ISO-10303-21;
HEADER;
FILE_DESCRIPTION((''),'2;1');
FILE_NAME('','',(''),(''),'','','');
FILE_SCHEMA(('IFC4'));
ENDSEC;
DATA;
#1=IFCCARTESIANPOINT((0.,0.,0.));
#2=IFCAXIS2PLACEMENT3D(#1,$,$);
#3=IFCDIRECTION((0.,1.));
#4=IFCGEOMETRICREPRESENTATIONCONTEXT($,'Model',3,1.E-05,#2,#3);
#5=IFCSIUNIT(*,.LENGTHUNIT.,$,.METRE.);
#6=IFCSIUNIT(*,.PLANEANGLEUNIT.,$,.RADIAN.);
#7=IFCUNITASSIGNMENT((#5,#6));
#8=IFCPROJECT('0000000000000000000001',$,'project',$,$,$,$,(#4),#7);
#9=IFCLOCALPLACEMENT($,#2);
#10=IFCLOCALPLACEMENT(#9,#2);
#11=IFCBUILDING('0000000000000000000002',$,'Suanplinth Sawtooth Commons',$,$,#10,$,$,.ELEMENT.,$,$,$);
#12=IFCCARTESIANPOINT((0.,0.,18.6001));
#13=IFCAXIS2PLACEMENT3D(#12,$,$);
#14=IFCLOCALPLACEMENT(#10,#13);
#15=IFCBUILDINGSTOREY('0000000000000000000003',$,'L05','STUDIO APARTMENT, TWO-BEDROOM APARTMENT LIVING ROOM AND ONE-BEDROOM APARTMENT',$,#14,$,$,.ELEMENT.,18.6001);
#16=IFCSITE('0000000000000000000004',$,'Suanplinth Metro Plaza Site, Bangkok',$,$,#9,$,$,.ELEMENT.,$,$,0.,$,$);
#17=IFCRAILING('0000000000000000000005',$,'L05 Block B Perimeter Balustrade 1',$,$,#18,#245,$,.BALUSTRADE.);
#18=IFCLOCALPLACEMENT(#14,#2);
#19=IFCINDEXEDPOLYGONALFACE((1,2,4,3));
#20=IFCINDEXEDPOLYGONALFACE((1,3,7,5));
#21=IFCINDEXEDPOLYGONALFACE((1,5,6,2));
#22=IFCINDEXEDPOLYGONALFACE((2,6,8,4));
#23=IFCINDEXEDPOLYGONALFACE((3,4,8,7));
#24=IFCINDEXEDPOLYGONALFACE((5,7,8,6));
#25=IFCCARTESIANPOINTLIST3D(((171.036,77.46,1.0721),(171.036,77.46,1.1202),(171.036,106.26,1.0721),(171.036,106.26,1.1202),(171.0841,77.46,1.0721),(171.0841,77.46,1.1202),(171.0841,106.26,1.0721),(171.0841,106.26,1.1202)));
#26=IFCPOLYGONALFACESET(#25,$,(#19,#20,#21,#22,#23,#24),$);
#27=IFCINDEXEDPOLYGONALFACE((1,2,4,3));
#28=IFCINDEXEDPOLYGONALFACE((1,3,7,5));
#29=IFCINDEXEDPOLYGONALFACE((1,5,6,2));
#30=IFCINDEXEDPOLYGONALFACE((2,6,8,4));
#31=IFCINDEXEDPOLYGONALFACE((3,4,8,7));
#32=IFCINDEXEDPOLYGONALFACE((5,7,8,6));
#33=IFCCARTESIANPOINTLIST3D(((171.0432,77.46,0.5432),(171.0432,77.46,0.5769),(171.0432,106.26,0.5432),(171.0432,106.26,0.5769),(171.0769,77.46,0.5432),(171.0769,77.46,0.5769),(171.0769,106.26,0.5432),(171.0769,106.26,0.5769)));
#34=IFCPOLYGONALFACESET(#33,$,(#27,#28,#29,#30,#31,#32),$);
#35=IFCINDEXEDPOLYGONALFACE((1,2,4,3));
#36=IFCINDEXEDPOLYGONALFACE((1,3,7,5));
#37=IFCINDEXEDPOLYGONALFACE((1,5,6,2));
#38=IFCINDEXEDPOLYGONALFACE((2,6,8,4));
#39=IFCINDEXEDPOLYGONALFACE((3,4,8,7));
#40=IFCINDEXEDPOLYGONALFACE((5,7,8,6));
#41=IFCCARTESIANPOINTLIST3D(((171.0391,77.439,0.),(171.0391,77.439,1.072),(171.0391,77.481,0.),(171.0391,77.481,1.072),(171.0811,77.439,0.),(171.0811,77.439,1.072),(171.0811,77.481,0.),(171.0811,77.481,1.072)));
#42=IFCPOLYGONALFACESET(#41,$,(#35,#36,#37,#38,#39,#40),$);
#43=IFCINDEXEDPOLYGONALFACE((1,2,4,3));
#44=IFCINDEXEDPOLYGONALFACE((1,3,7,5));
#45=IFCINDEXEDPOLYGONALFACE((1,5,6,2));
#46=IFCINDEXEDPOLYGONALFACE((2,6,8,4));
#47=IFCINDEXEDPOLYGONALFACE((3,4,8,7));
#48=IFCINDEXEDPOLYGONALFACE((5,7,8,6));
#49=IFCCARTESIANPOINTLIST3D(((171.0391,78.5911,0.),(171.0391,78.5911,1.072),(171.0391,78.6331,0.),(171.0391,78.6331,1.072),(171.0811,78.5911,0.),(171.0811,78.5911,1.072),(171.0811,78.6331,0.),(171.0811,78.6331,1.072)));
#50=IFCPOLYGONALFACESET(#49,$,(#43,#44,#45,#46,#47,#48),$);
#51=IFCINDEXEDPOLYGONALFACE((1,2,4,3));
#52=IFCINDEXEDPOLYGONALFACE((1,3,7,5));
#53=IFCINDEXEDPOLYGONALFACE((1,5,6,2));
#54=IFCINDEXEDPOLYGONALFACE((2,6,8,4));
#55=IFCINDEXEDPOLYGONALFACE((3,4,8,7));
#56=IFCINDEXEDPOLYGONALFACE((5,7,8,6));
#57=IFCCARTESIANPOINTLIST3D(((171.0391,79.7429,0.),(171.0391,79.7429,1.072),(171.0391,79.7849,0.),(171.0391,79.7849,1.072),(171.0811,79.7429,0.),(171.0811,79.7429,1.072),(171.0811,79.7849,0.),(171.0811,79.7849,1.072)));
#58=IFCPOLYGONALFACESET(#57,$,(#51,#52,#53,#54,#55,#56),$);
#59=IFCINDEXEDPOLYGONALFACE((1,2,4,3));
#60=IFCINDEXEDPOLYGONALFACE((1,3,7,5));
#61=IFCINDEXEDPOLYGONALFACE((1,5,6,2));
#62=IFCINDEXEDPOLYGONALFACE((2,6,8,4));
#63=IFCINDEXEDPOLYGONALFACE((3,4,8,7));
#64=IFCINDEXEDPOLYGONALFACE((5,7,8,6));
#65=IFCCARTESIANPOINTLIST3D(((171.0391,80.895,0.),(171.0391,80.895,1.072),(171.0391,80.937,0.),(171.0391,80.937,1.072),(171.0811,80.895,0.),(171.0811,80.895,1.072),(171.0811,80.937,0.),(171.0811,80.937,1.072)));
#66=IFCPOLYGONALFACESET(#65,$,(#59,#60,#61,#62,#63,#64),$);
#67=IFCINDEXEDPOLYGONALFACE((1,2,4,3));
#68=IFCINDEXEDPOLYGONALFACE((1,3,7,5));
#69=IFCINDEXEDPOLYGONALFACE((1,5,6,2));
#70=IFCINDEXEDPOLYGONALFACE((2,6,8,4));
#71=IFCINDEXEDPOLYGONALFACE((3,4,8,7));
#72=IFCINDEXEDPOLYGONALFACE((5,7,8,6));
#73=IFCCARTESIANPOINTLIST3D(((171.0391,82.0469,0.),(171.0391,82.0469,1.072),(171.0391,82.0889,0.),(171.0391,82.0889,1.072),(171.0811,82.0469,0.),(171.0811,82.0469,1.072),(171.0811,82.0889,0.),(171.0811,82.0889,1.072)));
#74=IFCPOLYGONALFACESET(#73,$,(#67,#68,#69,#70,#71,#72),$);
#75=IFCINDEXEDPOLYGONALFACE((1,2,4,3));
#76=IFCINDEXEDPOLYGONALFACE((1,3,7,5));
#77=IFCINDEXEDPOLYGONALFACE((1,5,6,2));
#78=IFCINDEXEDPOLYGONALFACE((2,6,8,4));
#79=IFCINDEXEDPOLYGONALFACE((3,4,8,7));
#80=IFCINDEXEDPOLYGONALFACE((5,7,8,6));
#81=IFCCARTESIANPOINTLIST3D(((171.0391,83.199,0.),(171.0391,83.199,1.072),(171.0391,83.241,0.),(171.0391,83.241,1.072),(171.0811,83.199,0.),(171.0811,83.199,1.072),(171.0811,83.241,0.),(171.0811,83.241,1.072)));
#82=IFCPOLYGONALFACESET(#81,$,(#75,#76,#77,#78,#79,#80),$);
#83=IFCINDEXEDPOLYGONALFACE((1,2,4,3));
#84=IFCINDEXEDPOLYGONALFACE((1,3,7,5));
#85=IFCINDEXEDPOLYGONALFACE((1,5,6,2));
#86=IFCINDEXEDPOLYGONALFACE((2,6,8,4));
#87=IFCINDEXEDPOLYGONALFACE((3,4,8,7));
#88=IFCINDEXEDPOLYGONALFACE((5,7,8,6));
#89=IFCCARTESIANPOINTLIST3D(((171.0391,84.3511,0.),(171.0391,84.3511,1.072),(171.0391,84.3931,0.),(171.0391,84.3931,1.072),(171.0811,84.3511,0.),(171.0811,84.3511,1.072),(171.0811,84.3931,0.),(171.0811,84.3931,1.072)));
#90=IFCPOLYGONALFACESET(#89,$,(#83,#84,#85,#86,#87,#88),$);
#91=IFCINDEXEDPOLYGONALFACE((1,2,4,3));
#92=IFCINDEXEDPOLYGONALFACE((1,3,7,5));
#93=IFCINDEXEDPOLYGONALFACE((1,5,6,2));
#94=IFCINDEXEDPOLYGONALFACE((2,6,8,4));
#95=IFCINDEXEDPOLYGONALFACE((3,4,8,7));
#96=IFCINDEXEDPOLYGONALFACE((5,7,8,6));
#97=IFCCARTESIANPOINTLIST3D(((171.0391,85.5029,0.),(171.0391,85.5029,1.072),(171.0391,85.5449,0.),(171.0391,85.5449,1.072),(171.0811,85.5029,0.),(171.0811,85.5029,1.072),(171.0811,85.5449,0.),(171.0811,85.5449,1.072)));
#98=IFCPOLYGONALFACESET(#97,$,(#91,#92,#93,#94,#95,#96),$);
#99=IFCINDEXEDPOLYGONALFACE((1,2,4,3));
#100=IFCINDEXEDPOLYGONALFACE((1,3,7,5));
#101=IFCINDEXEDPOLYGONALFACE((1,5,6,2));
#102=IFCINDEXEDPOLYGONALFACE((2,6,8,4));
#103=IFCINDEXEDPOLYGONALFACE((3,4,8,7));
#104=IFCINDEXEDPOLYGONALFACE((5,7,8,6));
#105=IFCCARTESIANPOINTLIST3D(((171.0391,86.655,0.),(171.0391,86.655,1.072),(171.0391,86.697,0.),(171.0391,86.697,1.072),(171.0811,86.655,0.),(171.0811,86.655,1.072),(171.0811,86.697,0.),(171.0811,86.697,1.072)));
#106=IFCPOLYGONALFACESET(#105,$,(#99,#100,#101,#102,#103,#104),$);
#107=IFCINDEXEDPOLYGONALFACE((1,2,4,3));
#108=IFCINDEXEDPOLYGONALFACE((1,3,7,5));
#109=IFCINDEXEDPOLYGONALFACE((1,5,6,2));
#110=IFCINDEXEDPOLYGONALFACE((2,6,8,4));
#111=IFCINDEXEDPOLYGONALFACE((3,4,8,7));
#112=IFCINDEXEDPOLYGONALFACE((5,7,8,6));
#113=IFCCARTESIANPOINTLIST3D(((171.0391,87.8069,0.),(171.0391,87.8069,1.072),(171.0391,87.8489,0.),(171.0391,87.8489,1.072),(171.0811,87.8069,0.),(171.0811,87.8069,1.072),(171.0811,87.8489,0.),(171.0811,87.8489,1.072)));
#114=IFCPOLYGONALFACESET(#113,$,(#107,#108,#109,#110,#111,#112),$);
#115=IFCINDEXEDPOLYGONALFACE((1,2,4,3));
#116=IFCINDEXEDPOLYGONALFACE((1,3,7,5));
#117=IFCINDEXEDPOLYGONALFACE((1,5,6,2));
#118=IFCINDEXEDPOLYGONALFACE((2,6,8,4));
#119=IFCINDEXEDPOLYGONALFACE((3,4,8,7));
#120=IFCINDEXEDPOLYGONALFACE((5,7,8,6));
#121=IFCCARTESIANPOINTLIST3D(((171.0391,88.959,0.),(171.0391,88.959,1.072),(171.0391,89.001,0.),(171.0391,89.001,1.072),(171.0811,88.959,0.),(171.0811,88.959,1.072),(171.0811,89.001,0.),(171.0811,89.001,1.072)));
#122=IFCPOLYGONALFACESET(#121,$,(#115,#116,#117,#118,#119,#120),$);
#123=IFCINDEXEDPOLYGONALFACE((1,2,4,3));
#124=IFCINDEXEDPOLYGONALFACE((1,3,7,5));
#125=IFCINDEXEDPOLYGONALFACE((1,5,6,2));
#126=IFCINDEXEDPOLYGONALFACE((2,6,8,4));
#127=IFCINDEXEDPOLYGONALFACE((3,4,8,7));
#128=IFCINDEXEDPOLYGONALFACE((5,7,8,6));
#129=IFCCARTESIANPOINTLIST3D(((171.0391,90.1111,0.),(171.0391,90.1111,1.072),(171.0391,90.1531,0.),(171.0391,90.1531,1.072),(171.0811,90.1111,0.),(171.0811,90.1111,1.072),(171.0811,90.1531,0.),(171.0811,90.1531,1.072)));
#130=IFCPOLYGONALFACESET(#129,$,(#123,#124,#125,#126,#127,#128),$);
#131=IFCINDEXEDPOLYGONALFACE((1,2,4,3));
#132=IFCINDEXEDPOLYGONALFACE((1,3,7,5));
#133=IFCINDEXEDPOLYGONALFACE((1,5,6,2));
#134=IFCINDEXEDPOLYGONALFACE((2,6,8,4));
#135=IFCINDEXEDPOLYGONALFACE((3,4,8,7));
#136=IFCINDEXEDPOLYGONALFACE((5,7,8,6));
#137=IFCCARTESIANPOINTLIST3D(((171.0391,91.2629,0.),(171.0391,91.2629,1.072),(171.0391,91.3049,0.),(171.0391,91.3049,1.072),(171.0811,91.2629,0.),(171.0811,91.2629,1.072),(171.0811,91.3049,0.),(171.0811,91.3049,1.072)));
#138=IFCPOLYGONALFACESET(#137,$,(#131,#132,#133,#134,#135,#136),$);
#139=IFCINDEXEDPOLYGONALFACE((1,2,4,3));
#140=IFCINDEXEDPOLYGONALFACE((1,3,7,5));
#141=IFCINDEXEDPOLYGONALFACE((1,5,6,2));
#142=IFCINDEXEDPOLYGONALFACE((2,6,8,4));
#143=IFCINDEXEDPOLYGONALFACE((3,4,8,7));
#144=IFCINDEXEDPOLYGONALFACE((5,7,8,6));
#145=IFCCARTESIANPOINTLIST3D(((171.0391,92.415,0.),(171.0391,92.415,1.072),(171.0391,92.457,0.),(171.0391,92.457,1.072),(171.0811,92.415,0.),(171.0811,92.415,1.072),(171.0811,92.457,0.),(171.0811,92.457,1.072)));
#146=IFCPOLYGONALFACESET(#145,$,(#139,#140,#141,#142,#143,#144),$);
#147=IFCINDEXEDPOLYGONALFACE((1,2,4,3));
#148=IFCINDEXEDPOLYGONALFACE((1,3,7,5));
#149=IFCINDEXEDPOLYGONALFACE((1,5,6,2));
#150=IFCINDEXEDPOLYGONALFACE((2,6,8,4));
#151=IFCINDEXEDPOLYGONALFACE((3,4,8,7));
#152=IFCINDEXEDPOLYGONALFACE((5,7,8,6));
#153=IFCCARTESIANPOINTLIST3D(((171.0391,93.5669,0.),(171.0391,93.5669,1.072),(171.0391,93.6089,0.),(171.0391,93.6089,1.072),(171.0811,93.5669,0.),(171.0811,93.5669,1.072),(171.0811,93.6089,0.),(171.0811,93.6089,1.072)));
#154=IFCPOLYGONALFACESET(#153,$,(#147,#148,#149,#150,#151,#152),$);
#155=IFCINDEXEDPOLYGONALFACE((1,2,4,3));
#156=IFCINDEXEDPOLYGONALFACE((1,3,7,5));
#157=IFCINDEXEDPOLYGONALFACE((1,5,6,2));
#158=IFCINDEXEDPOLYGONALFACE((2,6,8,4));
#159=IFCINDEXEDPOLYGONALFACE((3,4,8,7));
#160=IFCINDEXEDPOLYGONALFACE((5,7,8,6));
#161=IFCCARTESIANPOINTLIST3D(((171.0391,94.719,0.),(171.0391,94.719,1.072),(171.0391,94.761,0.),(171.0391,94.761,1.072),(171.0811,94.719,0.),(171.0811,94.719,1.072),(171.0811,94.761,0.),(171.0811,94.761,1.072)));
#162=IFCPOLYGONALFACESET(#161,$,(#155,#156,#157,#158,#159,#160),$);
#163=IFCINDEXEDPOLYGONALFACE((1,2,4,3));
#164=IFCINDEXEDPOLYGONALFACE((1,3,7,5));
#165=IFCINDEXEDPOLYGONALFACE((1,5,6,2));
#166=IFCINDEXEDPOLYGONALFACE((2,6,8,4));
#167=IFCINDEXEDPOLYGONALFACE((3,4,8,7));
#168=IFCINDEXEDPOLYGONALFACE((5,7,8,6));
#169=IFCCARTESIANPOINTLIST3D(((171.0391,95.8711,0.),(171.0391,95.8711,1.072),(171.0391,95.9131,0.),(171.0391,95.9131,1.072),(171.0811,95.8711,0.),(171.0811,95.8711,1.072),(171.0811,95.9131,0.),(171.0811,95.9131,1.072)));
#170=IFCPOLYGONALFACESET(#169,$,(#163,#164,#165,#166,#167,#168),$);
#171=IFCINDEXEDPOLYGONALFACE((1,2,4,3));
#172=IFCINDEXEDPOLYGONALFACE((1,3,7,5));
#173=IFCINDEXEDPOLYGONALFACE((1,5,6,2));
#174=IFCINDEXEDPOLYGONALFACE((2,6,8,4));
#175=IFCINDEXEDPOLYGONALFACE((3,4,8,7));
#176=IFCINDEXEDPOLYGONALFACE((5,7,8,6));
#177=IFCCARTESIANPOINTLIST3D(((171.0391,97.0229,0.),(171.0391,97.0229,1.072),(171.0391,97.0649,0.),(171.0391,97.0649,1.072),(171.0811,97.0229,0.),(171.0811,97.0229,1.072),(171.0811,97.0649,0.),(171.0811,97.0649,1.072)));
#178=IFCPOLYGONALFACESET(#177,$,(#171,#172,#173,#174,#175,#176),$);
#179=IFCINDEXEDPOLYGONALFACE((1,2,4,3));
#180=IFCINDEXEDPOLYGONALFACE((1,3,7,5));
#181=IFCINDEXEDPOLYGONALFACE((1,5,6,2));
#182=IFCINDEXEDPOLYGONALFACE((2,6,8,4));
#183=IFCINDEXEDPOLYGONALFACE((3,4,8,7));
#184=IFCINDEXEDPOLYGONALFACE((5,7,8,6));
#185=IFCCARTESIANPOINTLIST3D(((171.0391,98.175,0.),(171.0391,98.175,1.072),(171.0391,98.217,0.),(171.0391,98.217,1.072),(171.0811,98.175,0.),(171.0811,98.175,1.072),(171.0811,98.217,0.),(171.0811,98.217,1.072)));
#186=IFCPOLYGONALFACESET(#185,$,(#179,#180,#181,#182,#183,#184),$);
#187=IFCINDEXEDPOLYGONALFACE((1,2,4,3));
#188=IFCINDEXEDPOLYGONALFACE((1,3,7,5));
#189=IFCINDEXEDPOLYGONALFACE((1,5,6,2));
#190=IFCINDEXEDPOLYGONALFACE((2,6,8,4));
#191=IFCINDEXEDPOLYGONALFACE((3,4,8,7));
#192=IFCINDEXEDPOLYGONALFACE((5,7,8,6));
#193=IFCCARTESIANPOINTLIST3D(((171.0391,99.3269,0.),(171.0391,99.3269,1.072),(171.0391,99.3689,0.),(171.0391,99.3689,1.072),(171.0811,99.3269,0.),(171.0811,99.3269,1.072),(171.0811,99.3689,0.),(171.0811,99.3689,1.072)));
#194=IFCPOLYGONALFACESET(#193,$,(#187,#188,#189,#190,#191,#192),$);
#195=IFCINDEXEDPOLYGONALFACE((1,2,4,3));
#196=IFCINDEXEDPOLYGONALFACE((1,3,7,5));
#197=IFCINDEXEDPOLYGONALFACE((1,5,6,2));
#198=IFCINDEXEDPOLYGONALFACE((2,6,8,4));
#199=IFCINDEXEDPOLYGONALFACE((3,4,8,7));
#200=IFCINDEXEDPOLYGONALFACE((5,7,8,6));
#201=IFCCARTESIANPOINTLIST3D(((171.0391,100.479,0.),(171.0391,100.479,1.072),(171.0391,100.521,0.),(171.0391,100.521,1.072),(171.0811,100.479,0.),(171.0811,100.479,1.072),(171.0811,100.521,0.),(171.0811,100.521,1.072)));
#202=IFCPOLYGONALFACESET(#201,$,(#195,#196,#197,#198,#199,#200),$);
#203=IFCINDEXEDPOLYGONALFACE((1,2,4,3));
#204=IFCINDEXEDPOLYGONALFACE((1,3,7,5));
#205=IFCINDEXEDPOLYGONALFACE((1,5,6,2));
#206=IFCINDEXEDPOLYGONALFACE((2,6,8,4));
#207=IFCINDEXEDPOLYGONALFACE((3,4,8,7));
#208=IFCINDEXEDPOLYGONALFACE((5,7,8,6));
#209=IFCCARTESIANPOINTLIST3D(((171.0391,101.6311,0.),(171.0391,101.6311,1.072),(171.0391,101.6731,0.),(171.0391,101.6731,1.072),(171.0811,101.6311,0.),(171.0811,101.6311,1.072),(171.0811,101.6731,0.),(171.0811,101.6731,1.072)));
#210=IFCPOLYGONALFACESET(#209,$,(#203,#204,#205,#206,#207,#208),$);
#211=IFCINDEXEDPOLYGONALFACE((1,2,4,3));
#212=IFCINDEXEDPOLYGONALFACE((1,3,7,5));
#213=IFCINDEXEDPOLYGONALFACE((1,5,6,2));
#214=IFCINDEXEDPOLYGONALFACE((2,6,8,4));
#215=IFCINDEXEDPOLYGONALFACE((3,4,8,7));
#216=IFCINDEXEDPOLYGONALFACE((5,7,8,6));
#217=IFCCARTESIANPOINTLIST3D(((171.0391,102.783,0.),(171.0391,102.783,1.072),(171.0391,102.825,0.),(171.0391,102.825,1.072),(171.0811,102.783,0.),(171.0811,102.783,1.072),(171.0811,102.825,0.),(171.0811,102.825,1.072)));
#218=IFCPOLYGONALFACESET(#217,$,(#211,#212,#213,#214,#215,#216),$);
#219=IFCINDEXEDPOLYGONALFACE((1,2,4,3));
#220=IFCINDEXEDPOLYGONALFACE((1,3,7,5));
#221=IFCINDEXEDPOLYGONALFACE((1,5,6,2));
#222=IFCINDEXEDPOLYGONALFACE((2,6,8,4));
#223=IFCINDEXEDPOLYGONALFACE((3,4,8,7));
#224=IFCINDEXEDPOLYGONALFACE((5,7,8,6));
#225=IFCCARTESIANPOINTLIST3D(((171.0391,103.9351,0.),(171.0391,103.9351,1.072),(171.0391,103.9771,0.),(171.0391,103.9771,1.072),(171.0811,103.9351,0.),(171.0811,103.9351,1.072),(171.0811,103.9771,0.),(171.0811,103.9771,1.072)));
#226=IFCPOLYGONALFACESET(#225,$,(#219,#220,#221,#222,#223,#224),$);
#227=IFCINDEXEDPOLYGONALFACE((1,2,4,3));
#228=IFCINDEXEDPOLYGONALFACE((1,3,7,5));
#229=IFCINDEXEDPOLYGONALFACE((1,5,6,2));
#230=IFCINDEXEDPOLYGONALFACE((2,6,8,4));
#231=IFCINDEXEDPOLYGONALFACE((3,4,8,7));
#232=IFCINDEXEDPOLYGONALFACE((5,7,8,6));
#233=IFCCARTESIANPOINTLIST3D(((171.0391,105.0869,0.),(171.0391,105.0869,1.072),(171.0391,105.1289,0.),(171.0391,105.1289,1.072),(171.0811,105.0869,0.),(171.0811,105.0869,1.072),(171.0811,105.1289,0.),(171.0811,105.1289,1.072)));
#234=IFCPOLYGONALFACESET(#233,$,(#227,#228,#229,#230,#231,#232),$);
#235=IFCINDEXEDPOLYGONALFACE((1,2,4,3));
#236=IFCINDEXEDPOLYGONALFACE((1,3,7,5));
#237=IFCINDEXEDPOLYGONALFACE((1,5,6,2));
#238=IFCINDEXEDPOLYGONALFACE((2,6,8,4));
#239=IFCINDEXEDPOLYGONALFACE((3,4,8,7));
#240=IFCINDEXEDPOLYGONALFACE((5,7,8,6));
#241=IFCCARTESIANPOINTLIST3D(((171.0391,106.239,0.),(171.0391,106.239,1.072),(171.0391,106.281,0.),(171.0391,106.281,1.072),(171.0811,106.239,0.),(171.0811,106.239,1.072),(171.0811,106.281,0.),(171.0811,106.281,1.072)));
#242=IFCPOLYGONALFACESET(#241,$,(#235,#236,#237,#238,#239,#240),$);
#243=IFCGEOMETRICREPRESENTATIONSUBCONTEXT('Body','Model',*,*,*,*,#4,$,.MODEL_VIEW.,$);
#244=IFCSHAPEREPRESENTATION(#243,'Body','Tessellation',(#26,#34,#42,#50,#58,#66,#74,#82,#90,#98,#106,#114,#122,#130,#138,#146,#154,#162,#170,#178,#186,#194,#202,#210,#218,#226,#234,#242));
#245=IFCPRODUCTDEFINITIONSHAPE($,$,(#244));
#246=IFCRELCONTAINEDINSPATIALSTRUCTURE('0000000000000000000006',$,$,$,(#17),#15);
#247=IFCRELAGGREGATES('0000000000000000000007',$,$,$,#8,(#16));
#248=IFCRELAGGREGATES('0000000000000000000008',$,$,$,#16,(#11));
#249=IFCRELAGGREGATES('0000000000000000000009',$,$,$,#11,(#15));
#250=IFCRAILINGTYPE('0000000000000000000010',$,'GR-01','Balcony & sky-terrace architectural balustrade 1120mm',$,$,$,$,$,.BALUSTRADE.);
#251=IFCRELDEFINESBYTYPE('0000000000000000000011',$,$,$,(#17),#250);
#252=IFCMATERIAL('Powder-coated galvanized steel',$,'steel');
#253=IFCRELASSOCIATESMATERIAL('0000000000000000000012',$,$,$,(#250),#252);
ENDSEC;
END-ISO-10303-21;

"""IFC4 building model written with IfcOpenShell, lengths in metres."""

from ifc_helpers import new_model, si_unit, direction, frame, origin, origin_2d, place, context, subcontext, project, spatial, rectangle, extrude, material, type_object, element, save


model = new_model("IFC4")

# Units and contexts
model_context = context("Model", 3, precision=1e-05, world=origin(), true_north=direction((0.0, 1.0)))
body_context = subcontext(model_context, "Body", "Model", "MODEL_VIEW")
ifc_project = project(units=[si_unit("LENGTHUNIT", "METRE"), si_unit("PLANEANGLEUNIT", "RADIAN")], contexts=[model_context])

# Site, building, storey
site_placement = place(None, origin())
site = spatial("IfcSite", under=ifc_project, at=site_placement, Name="Suanplinth Metro Plaza Site, Bangkok", CompositionType="ELEMENT", RefElevation=0.0)
building_placement = place(site_placement, origin())
building = spatial("IfcBuilding", under=site, at=building_placement, Name="Suanplinth Sawtooth Commons", CompositionType="ELEMENT")
storey_placement = place(building_placement, frame((0.0, 0.0, 18.6001)))
storey = spatial("IfcBuildingStorey", under=building, at=storey_placement, Name="L05", Description="STUDIO APARTMENT, TWO-BEDROOM APARTMENT LIVING ROOM AND ONE-BEDROOM APARTMENT", CompositionType="ELEMENT", Elevation=18.6001)

# Railing
ifc_material_1 = material(Name="Powder-coated galvanized steel", Category="steel")
railing_type = type_object("IfcRailingType", Name="GR-01", Description="Balcony & sky-terrace architectural balustrade 1120mm", PredefinedType="BALUSTRADE", material=ifc_material_1)
railing_placement = place(storey_placement, frame((171.0601, 77.46, 0.0)))
element("IfcRailing", 1, at=railing_placement, inside=storey, type_object=railing_type, Name="L05 Block B Perimeter Balustrade 1", PredefinedType="BALUSTRADE", context=body_context, shape_type="SweptSolid", body=[
    extrude(rectangle(XDim=0.0481, YDim=0.0481, at=origin_2d()), frame((0.0, 0.0, 1.0962), z_axis=(0.0, 1.0, 0.0), x_axis=(-1.0, 0.0, 0.0)), (0.0, 0.0, 1.0), 28.8),
    extrude(rectangle(XDim=0.0337, YDim=0.0337, at=origin_2d()), frame((0.0, 0.0, 0.5601), z_axis=(0.0, 1.0, 0.0), x_axis=(-1.0, 0.0, 0.0)), (0.0, 0.0, 1.0), 28.8),
    extrude(rectangle(XDim=0.042, YDim=0.042, at=origin_2d()), origin(), (0.0, 0.0, 1.0), 1.072),
    extrude(rectangle(XDim=0.042, YDim=0.042, at=origin_2d()), frame((0.0, 1.1521, 0.0)), (0.0, 0.0, 1.0), 1.072),
    extrude(rectangle(XDim=0.042, YDim=0.042, at=origin_2d()), frame((0.0, 2.304, 0.0)), (0.0, 0.0, 1.0), 1.072),
    extrude(rectangle(XDim=0.042, YDim=0.042, at=origin_2d()), frame((0.0, 3.4561, 0.0)), (0.0, 0.0, 1.0), 1.072),
    extrude(rectangle(XDim=0.042, YDim=0.042, at=origin_2d()), frame((0.0, 4.6079, 0.0)), (0.0, 0.0, 1.0), 1.072),
    extrude(rectangle(XDim=0.042, YDim=0.042, at=origin_2d()), frame((0.0, 5.76, 0.0)), (0.0, 0.0, 1.0), 1.072),
    extrude(rectangle(XDim=0.042, YDim=0.042, at=origin_2d()), frame((0.0, 6.9121, 0.0)), (0.0, 0.0, 1.0), 1.072),
    extrude(rectangle(XDim=0.042, YDim=0.042, at=origin_2d()), frame((0.0, 8.064, 0.0)), (0.0, 0.0, 1.0), 1.072),
    extrude(rectangle(XDim=0.042, YDim=0.042, at=origin_2d()), frame((0.0, 9.2161, 0.0)), (0.0, 0.0, 1.0), 1.072),
    extrude(rectangle(XDim=0.042, YDim=0.042, at=origin_2d()), frame((0.0, 10.3679, 0.0)), (0.0, 0.0, 1.0), 1.072),
    extrude(rectangle(XDim=0.042, YDim=0.042, at=origin_2d()), frame((0.0, 11.52, 0.0)), (0.0, 0.0, 1.0), 1.072),
    extrude(rectangle(XDim=0.042, YDim=0.042, at=origin_2d()), frame((0.0, 12.6721, 0.0)), (0.0, 0.0, 1.0), 1.072),
    extrude(rectangle(XDim=0.042, YDim=0.042, at=origin_2d()), frame((0.0, 13.824, 0.0)), (0.0, 0.0, 1.0), 1.072),
    extrude(rectangle(XDim=0.042, YDim=0.042, at=origin_2d()), frame((0.0, 14.9761, 0.0)), (0.0, 0.0, 1.0), 1.072),
    extrude(rectangle(XDim=0.042, YDim=0.042, at=origin_2d()), frame((0.0, 16.1279, 0.0)), (0.0, 0.0, 1.0), 1.072),
    extrude(rectangle(XDim=0.042, YDim=0.042, at=origin_2d()), frame((0.0, 17.28, 0.0)), (0.0, 0.0, 1.0), 1.072),
    extrude(rectangle(XDim=0.042, YDim=0.042, at=origin_2d()), frame((0.0, 18.4321, 0.0)), (0.0, 0.0, 1.0), 1.072),
    extrude(rectangle(XDim=0.042, YDim=0.042, at=origin_2d()), frame((0.0, 19.584, 0.0)), (0.0, 0.0, 1.0), 1.072),
    extrude(rectangle(XDim=0.042, YDim=0.042, at=origin_2d()), frame((0.0, 20.7361, 0.0)), (0.0, 0.0, 1.0), 1.072),
    extrude(rectangle(XDim=0.042, YDim=0.042, at=origin_2d()), frame((0.0, 21.8879, 0.0)), (0.0, 0.0, 1.0), 1.072),
    extrude(rectangle(XDim=0.042, YDim=0.042, at=origin_2d()), frame((0.0, 23.04, 0.0)), (0.0, 0.0, 1.0), 1.072),
    extrude(rectangle(XDim=0.042, YDim=0.042, at=origin_2d()), frame((0.0, 24.1921, 0.0)), (0.0, 0.0, 1.0), 1.072),
    extrude(rectangle(XDim=0.042, YDim=0.042, at=origin_2d()), frame((0.0, 25.344, 0.0)), (0.0, 0.0, 1.0), 1.072),
    extrude(rectangle(XDim=0.042, YDim=0.042, at=origin_2d()), frame((0.0, 26.4961, 0.0)), (0.0, 0.0, 1.0), 1.072),
    extrude(rectangle(XDim=0.042, YDim=0.042, at=origin_2d()), frame((0.0, 27.6479, 0.0)), (0.0, 0.0, 1.0), 1.072),
    extrude(rectangle(XDim=0.042, YDim=0.042, at=origin_2d()), frame((0.0, 28.8, 0.0)), (0.0, 0.0, 1.0), 1.072),
])

save(model, "model.ifc")
